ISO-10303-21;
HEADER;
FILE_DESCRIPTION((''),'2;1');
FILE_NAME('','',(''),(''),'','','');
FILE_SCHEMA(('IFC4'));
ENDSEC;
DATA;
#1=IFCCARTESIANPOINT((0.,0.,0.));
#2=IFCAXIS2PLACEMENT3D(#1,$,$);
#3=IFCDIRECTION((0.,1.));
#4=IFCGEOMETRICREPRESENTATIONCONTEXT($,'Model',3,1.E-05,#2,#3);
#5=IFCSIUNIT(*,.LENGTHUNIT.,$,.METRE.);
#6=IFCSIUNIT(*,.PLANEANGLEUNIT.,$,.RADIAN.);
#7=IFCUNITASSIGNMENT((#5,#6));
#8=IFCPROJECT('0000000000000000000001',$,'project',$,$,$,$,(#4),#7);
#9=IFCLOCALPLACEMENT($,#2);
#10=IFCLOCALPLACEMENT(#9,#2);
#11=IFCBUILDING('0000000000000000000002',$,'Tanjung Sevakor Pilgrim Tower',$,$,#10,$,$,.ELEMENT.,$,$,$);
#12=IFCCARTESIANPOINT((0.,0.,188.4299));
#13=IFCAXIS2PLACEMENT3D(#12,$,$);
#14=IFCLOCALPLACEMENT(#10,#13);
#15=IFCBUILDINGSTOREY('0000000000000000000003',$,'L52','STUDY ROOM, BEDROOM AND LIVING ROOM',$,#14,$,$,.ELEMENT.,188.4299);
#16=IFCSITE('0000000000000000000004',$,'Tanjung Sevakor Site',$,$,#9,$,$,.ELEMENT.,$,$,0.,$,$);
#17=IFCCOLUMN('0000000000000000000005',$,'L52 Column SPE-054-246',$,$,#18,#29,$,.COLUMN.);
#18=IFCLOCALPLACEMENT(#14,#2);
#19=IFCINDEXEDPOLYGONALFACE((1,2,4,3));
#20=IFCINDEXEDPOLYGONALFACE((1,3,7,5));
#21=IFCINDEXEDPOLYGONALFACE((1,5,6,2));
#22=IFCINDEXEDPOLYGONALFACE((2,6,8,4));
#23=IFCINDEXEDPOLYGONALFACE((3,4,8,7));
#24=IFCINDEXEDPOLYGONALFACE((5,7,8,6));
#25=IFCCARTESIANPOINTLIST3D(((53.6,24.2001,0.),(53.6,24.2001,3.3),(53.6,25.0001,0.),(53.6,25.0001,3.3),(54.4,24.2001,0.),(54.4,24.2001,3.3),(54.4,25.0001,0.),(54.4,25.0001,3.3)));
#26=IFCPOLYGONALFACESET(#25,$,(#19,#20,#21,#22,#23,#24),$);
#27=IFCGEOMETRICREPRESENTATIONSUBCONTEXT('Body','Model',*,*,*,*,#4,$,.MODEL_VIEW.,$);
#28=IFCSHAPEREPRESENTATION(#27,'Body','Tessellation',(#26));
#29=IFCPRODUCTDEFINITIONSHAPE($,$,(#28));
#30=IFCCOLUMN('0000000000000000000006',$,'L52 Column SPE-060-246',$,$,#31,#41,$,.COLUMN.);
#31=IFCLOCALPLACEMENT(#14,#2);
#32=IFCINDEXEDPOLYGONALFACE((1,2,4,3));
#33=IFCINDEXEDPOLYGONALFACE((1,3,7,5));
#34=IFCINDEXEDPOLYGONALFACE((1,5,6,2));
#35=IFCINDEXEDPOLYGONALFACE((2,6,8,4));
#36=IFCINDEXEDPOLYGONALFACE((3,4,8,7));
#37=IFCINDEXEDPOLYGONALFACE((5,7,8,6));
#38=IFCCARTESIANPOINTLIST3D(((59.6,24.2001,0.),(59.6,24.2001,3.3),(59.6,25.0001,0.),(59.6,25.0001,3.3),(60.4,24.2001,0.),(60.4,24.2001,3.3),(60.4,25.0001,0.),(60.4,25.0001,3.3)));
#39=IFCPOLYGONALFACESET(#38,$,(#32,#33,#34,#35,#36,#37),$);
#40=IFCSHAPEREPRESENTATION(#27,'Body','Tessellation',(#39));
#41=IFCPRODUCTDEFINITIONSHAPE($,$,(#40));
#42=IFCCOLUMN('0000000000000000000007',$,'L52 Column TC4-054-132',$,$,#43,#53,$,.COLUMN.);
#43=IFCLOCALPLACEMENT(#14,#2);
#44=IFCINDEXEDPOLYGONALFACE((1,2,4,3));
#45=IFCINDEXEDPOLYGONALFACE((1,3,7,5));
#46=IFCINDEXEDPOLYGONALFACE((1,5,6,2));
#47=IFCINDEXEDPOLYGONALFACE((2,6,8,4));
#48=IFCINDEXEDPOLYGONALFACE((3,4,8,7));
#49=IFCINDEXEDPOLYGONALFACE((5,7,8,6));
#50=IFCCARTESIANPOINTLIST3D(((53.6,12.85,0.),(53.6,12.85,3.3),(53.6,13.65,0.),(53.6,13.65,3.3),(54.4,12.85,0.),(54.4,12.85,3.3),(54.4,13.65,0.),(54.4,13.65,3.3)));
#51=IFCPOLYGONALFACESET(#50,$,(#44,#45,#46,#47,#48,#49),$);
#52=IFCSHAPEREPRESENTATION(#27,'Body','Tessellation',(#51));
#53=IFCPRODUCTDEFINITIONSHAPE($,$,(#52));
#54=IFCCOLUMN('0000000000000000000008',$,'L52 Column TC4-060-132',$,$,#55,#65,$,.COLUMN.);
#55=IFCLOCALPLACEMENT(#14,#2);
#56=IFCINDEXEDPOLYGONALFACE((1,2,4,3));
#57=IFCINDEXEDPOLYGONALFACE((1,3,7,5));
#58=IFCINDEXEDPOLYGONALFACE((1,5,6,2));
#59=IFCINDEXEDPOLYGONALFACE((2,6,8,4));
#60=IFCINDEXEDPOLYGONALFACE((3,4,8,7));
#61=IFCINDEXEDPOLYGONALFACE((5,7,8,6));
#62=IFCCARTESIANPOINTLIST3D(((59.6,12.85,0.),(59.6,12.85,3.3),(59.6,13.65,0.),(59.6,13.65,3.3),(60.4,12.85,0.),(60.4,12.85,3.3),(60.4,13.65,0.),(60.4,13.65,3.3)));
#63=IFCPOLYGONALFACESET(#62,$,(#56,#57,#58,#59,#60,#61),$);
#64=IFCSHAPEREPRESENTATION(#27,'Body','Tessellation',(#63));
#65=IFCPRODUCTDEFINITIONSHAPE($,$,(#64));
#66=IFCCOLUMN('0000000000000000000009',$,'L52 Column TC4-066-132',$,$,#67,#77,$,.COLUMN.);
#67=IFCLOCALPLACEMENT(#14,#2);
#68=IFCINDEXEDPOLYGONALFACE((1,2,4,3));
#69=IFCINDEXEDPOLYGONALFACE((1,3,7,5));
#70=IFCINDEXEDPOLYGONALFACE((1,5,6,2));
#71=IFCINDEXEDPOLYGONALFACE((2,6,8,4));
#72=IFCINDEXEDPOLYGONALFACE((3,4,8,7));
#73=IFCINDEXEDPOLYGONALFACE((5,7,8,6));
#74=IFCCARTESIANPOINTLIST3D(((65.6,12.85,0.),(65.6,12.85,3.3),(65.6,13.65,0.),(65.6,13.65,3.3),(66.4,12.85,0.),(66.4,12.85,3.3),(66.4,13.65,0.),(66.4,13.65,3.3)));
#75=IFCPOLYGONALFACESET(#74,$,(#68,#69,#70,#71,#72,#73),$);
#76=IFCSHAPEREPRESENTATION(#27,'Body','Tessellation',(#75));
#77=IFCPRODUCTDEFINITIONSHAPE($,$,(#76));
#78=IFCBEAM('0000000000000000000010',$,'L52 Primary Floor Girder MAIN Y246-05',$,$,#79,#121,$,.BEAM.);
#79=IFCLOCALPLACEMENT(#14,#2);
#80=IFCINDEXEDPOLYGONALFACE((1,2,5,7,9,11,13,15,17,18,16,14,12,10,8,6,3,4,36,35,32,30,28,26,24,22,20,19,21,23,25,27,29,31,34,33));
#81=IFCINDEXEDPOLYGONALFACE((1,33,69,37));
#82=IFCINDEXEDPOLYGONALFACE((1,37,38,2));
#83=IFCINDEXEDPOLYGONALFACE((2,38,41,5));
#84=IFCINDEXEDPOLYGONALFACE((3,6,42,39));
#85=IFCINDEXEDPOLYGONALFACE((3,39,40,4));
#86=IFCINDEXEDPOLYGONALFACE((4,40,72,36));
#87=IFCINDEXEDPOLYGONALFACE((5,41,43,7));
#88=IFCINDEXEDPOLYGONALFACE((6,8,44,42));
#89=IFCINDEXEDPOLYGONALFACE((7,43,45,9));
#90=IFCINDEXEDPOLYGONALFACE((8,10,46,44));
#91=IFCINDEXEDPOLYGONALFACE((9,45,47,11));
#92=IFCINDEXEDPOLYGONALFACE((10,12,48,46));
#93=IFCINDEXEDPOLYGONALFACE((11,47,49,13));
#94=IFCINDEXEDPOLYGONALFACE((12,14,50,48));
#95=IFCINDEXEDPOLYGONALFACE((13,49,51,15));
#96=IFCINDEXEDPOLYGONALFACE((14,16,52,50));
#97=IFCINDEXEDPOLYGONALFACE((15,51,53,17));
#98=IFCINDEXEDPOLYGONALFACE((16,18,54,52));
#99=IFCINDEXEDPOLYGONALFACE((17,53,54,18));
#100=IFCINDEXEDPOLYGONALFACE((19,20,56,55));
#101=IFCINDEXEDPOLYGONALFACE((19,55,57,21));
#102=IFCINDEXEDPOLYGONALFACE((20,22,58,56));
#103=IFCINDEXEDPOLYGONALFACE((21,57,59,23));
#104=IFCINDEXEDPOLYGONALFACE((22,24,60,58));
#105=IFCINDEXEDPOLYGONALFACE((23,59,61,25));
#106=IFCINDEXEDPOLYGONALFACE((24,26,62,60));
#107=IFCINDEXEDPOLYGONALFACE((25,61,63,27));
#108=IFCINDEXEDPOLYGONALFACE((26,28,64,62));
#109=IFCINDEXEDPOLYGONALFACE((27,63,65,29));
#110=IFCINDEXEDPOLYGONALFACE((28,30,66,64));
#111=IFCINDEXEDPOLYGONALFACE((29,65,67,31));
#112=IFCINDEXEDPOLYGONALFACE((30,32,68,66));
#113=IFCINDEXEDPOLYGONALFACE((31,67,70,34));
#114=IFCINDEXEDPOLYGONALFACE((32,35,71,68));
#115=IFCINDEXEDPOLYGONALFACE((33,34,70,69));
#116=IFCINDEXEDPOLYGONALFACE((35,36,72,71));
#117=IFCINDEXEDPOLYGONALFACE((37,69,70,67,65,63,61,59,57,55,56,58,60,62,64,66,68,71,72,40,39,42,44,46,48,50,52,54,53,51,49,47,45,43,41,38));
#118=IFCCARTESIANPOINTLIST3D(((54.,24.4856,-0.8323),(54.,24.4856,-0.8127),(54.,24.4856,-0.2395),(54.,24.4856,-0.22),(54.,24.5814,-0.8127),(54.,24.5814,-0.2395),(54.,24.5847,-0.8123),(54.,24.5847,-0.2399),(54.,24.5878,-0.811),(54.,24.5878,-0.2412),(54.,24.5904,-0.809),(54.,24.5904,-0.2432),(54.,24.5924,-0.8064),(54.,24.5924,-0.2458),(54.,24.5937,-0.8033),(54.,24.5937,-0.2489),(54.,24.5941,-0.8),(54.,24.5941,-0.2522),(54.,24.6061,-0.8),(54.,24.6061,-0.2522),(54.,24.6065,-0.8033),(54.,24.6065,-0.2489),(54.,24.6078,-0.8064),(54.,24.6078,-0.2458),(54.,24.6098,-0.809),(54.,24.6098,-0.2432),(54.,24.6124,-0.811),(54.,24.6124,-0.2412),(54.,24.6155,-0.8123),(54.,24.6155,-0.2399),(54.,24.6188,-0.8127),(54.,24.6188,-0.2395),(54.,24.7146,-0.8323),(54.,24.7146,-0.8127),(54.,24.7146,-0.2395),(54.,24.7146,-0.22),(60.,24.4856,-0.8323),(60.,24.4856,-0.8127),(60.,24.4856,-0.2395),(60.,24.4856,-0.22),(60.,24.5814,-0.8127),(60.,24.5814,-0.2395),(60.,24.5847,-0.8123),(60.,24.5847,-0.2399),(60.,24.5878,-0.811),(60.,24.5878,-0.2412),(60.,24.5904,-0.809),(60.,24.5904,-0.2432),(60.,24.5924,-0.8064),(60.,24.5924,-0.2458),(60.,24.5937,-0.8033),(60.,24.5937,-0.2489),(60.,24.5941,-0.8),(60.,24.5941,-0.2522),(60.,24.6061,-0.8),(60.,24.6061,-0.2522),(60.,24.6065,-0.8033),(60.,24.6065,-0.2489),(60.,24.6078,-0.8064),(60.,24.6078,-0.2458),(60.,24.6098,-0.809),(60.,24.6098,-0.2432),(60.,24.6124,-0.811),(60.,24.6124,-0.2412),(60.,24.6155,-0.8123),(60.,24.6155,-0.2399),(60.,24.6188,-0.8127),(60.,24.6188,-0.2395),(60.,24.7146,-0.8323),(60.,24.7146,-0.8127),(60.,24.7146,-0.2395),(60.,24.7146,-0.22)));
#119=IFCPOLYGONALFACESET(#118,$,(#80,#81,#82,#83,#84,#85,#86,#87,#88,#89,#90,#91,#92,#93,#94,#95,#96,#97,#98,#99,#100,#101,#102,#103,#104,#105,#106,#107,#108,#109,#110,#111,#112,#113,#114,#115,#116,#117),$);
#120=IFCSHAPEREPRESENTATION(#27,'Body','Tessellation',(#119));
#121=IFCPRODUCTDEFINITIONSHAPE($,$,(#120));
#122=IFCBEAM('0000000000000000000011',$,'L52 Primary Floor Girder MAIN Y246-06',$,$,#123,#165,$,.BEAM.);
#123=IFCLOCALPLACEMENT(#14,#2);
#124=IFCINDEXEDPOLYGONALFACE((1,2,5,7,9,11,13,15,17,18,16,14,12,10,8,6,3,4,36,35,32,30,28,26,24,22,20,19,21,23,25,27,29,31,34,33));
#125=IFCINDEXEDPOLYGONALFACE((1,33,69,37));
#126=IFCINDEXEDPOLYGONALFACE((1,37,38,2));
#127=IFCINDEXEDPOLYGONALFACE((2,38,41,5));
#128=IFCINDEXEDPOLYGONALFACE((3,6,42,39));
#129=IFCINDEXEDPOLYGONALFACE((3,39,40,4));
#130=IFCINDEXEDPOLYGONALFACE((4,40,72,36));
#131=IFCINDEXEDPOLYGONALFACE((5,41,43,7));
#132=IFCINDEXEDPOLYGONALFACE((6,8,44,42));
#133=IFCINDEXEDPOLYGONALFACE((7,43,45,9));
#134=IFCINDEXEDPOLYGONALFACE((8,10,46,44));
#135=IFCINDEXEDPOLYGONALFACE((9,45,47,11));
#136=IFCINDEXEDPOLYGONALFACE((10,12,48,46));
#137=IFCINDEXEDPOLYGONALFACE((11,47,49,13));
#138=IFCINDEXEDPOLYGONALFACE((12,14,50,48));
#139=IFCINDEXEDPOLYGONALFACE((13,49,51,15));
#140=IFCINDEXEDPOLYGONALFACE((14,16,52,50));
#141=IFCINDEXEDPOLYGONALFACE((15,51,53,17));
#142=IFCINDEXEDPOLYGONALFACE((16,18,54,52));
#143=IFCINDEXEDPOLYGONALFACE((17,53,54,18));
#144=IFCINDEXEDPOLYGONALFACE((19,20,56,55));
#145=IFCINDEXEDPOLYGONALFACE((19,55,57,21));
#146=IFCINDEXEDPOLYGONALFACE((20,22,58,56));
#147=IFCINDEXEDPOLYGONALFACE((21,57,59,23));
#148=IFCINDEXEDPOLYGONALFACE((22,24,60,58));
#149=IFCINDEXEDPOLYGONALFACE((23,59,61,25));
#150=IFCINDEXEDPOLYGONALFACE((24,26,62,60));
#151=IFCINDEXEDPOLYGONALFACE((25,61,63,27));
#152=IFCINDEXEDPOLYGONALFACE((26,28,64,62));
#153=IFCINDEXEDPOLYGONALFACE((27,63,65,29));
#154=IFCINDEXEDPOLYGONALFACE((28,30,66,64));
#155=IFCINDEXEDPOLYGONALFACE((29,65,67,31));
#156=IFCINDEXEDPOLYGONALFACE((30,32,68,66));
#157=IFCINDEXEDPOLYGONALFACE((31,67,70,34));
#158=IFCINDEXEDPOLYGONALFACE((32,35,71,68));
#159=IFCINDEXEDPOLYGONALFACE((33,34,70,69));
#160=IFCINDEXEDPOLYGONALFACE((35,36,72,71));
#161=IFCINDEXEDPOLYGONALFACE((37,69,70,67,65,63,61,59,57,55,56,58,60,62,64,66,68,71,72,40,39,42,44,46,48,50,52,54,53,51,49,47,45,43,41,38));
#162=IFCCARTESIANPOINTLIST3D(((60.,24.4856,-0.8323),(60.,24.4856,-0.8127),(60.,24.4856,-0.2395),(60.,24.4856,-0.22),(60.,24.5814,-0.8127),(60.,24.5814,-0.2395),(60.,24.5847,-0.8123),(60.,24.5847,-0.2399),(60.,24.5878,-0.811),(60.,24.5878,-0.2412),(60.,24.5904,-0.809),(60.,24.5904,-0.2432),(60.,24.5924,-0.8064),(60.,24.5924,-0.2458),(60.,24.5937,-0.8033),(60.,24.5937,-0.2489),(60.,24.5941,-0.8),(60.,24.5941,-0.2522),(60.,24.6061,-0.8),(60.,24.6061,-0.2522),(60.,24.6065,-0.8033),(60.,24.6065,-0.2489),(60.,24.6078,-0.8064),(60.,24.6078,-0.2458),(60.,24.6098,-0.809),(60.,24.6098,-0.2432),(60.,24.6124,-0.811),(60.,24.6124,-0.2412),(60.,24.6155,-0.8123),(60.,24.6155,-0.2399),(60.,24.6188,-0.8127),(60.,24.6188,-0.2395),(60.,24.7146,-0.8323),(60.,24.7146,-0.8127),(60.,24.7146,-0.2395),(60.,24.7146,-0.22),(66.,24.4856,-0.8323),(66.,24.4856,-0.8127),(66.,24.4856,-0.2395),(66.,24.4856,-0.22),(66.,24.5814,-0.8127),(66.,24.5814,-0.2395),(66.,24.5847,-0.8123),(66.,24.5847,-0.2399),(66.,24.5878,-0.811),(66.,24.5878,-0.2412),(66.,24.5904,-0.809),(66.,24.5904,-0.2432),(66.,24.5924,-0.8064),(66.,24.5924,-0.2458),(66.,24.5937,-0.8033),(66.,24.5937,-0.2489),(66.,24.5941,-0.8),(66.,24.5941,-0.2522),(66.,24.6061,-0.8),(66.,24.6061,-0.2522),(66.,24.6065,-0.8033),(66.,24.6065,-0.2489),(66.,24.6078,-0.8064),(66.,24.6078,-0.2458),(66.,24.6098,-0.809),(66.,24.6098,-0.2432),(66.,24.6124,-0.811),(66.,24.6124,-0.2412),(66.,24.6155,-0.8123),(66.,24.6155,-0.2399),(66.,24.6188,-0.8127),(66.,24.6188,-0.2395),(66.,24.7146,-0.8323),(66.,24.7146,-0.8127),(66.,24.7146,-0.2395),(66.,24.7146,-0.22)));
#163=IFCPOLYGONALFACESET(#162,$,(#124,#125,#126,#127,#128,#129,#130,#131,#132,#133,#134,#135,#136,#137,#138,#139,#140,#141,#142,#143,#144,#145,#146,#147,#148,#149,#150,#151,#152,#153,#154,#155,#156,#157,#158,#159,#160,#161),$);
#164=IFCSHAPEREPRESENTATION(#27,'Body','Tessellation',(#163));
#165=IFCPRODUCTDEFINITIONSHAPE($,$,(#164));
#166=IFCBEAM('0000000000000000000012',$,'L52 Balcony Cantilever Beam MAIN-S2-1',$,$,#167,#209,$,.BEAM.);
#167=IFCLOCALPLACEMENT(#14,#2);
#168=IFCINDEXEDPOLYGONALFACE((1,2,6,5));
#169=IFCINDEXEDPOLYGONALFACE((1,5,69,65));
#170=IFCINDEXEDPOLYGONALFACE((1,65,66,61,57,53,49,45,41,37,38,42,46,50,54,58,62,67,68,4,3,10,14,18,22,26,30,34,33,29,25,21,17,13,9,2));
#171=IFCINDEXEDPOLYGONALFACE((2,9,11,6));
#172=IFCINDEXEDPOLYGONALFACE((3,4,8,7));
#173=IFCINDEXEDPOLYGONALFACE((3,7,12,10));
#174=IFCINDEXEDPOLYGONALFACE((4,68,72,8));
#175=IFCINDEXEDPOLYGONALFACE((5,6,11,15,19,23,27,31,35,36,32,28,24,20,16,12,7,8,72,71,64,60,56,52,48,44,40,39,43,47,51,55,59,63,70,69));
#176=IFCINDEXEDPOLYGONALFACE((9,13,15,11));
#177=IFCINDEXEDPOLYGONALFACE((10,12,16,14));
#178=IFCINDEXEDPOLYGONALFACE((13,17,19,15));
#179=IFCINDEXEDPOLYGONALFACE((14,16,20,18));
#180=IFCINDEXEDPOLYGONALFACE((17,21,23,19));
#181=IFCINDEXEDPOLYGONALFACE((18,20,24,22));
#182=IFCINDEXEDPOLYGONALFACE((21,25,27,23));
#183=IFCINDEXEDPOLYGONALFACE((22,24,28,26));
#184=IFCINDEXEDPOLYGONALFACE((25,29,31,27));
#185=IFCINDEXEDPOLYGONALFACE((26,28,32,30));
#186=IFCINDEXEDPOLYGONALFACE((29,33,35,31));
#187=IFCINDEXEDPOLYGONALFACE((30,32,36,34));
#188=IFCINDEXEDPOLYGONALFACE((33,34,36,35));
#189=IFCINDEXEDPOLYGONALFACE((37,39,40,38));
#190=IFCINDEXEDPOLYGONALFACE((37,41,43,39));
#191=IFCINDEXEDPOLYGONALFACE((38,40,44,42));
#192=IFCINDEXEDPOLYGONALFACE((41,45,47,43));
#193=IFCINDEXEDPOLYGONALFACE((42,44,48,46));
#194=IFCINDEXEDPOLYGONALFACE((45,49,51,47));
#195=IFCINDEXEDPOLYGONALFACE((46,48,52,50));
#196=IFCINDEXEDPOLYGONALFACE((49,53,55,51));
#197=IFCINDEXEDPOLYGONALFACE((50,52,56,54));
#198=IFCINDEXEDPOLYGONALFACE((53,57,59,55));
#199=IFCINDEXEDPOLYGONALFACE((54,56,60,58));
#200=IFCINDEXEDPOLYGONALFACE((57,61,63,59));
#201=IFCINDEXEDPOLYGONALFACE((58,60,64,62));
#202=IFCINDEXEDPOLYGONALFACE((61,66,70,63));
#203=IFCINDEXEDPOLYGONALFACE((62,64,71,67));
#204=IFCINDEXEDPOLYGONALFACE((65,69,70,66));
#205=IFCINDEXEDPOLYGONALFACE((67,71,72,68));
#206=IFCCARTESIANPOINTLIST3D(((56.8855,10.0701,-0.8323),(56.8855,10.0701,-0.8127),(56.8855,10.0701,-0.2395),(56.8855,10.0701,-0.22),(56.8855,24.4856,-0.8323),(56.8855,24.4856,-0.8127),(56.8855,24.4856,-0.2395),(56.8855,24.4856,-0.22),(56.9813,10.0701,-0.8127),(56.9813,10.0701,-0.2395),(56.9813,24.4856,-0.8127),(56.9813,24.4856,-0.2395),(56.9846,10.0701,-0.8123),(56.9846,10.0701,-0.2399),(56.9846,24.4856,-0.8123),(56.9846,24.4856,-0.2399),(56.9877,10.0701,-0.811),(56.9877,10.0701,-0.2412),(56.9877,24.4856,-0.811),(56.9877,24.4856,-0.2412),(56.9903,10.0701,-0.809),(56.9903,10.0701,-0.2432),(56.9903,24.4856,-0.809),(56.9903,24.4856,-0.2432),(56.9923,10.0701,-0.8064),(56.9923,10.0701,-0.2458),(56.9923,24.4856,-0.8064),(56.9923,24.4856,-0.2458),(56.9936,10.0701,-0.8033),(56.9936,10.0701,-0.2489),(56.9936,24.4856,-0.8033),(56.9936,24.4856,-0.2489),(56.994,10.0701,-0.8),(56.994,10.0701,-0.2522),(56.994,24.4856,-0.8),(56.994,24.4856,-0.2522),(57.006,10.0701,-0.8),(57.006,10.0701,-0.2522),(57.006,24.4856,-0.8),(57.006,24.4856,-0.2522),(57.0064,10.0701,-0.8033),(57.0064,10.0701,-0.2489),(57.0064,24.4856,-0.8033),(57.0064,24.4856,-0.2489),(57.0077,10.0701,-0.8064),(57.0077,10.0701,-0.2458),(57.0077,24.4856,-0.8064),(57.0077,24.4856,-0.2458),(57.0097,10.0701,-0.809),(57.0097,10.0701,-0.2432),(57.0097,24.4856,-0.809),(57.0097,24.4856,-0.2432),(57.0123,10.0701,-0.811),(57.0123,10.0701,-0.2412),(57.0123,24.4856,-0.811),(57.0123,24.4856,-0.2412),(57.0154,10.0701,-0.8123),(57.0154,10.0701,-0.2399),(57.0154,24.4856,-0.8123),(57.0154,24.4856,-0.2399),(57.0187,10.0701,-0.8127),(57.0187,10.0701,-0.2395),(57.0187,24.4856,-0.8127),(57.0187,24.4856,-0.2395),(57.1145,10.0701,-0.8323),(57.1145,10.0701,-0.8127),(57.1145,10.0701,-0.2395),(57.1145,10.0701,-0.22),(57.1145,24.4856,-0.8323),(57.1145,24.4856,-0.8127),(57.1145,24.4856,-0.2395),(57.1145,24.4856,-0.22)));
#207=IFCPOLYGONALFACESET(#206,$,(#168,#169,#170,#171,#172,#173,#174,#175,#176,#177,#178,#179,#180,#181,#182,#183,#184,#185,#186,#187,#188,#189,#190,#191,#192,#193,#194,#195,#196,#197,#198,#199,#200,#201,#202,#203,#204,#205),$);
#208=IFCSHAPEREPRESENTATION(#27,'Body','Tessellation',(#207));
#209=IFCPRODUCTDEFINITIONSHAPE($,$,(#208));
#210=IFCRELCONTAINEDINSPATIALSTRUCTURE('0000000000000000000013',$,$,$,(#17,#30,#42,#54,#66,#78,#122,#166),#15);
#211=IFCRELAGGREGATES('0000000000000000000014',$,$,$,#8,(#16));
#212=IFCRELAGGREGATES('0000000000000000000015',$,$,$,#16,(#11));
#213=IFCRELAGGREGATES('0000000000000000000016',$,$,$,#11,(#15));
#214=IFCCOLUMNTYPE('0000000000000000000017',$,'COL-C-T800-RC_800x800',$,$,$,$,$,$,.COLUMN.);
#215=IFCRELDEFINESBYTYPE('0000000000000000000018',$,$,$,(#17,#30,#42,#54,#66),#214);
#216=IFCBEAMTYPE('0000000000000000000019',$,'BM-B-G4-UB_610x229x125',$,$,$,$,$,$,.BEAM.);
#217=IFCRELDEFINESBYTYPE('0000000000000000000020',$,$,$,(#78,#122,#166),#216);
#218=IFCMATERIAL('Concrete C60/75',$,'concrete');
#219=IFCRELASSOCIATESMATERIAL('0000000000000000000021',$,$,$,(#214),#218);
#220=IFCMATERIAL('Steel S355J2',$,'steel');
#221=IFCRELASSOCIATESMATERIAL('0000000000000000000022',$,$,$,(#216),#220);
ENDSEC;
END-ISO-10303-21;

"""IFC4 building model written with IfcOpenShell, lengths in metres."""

from ifc_helpers import new_model, si_unit, direction, frame, origin, origin_2d, place, context, subcontext, project, spatial, rectangle, i_section, extrude, material, material_profile, profile_set, type_object, element, save


model = new_model("IFC4")

# Units and contexts
model_context = context("Model", 3, precision=1e-05, world=origin(), true_north=direction((0.0, 1.0)))
body_context = subcontext(model_context, "Body", "Model", "MODEL_VIEW")
ifc_project = project(units=[si_unit("LENGTHUNIT", "METRE"), si_unit("PLANEANGLEUNIT", "RADIAN")], contexts=[model_context])

# Site, building, storey
site_placement = place(None, origin())
site = spatial("IfcSite", under=ifc_project, at=site_placement, Name="Tanjung Sevakor Site", CompositionType="ELEMENT", RefElevation=0.0)
building_placement = place(site_placement, origin())
building = spatial("IfcBuilding", under=site, at=building_placement, Name="Tanjung Sevakor Pilgrim Tower", CompositionType="ELEMENT")
storey_placement = place(building_placement, frame((0.0, 0.0, 188.4299)))
storey = spatial("IfcBuildingStorey", under=building, at=storey_placement, Name="L52", Description="STUDY ROOM, BEDROOM AND LIVING ROOM", CompositionType="ELEMENT", Elevation=188.4299)

# Columns
ifc_material_1 = material(Name="Concrete C60/75", Category="concrete")
ifc_material_profile_1 = material_profile(ifc_material_1, rectangle(XDim=0.8, YDim=0.8, at=origin_2d()))
ifc_profile_set_1 = profile_set([ifc_material_profile_1], Name="Concrete C60/75")
column_type = type_object("IfcColumnType", Name="COL-C-T800-RC_800x800", PredefinedType="COLUMN", material=ifc_profile_set_1)
for number, where, z_axis, x_axis, name in (
    (1, (54.0, 24.6001, 0.0), (0.0, 0.0, 1.0), (1.0, 0.0, 0.0), "L52 Column SPE-054-246"),
    (2, (60.0, 24.6001, 0.0), (0.0, 0.0, 1.0), (1.0, 0.0, 0.0), "L52 Column SPE-060-246"),
    (3, (54.0, 13.25, 0.0), (0.0, 0.0, 1.0), (1.0, 0.0, 0.0), "L52 Column TC4-054-132"),
    (4, (60.0, 13.25, 0.0), (0.0, 0.0, 1.0), (1.0, 0.0, 0.0), "L52 Column TC4-060-132"),
    (5, (66.0, 13.25, 0.0), (0.0, 0.0, 1.0), (1.0, 0.0, 0.0), "L52 Column TC4-066-132"),
):
    element("IfcColumn", number, at=place(storey_placement, frame(where, z_axis=z_axis, x_axis=x_axis)), inside=storey, type_object=column_type, Name=name, PredefinedType="COLUMN", context=body_context, shape_type="SweptSolid", body=[
        extrude(rectangle(XDim=0.8, YDim=0.8, at=origin_2d()), origin(), (0.0, 0.0, 1.0), 3.3),
    ])

# Beams
ifc_material_2 = material(Name="Steel S355J2", Category="steel")
ifc_material_profile_2 = material_profile(ifc_material_2, i_section(OverallWidth=0.229, OverallDepth=0.6123, WebThickness=0.012, FlangeThickness=0.0195, FilletRadius=0.0127, at=origin_2d()))
ifc_profile_set_2 = profile_set([ifc_material_profile_2], Name="Steel S355J2")
beam_type_1 = type_object("IfcBeamType", Name="BM-B-G4-UB_610x229x125", PredefinedType="BEAM", material=ifc_profile_set_2)
for number, where, z_axis, x_axis, name in (
    (6, (54.0, 24.6001, -0.5261), (1.0, 0.0, 0.0), (0.0, 1.0, 0.0), "L52 Primary Floor Girder MAIN Y246-05"),
    (7, (60.0, 24.6001, -0.5261), (1.0, 0.0, 0.0), (0.0, 1.0, 0.0), "L52 Primary Floor Girder MAIN Y246-06"),
):
    element("IfcBeam", number, at=place(storey_placement, frame(where, z_axis=z_axis, x_axis=x_axis)), inside=storey, type_object=beam_type_1, Name=name, PredefinedType="BEAM", context=body_context, shape_type="SweptSolid", body=[
        extrude(i_section(OverallWidth=0.229, OverallDepth=0.6123, WebThickness=0.012, FlangeThickness=0.0195, FilletRadius=0.0127, at=origin_2d()), origin(), (0.0, 0.0, 1.0), 6.0),
    ])
beam_1_placement = place(storey_placement, frame((57.0, 24.4856, -0.5261), z_axis=(0.0, -1.0, 0.0), x_axis=(1.0, 0.0, 0.0)))
element("IfcBeam", 8, at=beam_1_placement, inside=storey, type_object=beam_type_1, Name="L52 Balcony Cantilever Beam MAIN-S2-1", PredefinedType="BEAM", context=body_context, shape_type="SweptSolid", body=[
    extrude(i_section(OverallWidth=0.229, OverallDepth=0.6123, WebThickness=0.012, FlangeThickness=0.0195, FilletRadius=0.0127, at=origin_2d()), origin(), (0.0, 0.0, 1.0), 14.4155),
])

save(model, "model.ifc")
